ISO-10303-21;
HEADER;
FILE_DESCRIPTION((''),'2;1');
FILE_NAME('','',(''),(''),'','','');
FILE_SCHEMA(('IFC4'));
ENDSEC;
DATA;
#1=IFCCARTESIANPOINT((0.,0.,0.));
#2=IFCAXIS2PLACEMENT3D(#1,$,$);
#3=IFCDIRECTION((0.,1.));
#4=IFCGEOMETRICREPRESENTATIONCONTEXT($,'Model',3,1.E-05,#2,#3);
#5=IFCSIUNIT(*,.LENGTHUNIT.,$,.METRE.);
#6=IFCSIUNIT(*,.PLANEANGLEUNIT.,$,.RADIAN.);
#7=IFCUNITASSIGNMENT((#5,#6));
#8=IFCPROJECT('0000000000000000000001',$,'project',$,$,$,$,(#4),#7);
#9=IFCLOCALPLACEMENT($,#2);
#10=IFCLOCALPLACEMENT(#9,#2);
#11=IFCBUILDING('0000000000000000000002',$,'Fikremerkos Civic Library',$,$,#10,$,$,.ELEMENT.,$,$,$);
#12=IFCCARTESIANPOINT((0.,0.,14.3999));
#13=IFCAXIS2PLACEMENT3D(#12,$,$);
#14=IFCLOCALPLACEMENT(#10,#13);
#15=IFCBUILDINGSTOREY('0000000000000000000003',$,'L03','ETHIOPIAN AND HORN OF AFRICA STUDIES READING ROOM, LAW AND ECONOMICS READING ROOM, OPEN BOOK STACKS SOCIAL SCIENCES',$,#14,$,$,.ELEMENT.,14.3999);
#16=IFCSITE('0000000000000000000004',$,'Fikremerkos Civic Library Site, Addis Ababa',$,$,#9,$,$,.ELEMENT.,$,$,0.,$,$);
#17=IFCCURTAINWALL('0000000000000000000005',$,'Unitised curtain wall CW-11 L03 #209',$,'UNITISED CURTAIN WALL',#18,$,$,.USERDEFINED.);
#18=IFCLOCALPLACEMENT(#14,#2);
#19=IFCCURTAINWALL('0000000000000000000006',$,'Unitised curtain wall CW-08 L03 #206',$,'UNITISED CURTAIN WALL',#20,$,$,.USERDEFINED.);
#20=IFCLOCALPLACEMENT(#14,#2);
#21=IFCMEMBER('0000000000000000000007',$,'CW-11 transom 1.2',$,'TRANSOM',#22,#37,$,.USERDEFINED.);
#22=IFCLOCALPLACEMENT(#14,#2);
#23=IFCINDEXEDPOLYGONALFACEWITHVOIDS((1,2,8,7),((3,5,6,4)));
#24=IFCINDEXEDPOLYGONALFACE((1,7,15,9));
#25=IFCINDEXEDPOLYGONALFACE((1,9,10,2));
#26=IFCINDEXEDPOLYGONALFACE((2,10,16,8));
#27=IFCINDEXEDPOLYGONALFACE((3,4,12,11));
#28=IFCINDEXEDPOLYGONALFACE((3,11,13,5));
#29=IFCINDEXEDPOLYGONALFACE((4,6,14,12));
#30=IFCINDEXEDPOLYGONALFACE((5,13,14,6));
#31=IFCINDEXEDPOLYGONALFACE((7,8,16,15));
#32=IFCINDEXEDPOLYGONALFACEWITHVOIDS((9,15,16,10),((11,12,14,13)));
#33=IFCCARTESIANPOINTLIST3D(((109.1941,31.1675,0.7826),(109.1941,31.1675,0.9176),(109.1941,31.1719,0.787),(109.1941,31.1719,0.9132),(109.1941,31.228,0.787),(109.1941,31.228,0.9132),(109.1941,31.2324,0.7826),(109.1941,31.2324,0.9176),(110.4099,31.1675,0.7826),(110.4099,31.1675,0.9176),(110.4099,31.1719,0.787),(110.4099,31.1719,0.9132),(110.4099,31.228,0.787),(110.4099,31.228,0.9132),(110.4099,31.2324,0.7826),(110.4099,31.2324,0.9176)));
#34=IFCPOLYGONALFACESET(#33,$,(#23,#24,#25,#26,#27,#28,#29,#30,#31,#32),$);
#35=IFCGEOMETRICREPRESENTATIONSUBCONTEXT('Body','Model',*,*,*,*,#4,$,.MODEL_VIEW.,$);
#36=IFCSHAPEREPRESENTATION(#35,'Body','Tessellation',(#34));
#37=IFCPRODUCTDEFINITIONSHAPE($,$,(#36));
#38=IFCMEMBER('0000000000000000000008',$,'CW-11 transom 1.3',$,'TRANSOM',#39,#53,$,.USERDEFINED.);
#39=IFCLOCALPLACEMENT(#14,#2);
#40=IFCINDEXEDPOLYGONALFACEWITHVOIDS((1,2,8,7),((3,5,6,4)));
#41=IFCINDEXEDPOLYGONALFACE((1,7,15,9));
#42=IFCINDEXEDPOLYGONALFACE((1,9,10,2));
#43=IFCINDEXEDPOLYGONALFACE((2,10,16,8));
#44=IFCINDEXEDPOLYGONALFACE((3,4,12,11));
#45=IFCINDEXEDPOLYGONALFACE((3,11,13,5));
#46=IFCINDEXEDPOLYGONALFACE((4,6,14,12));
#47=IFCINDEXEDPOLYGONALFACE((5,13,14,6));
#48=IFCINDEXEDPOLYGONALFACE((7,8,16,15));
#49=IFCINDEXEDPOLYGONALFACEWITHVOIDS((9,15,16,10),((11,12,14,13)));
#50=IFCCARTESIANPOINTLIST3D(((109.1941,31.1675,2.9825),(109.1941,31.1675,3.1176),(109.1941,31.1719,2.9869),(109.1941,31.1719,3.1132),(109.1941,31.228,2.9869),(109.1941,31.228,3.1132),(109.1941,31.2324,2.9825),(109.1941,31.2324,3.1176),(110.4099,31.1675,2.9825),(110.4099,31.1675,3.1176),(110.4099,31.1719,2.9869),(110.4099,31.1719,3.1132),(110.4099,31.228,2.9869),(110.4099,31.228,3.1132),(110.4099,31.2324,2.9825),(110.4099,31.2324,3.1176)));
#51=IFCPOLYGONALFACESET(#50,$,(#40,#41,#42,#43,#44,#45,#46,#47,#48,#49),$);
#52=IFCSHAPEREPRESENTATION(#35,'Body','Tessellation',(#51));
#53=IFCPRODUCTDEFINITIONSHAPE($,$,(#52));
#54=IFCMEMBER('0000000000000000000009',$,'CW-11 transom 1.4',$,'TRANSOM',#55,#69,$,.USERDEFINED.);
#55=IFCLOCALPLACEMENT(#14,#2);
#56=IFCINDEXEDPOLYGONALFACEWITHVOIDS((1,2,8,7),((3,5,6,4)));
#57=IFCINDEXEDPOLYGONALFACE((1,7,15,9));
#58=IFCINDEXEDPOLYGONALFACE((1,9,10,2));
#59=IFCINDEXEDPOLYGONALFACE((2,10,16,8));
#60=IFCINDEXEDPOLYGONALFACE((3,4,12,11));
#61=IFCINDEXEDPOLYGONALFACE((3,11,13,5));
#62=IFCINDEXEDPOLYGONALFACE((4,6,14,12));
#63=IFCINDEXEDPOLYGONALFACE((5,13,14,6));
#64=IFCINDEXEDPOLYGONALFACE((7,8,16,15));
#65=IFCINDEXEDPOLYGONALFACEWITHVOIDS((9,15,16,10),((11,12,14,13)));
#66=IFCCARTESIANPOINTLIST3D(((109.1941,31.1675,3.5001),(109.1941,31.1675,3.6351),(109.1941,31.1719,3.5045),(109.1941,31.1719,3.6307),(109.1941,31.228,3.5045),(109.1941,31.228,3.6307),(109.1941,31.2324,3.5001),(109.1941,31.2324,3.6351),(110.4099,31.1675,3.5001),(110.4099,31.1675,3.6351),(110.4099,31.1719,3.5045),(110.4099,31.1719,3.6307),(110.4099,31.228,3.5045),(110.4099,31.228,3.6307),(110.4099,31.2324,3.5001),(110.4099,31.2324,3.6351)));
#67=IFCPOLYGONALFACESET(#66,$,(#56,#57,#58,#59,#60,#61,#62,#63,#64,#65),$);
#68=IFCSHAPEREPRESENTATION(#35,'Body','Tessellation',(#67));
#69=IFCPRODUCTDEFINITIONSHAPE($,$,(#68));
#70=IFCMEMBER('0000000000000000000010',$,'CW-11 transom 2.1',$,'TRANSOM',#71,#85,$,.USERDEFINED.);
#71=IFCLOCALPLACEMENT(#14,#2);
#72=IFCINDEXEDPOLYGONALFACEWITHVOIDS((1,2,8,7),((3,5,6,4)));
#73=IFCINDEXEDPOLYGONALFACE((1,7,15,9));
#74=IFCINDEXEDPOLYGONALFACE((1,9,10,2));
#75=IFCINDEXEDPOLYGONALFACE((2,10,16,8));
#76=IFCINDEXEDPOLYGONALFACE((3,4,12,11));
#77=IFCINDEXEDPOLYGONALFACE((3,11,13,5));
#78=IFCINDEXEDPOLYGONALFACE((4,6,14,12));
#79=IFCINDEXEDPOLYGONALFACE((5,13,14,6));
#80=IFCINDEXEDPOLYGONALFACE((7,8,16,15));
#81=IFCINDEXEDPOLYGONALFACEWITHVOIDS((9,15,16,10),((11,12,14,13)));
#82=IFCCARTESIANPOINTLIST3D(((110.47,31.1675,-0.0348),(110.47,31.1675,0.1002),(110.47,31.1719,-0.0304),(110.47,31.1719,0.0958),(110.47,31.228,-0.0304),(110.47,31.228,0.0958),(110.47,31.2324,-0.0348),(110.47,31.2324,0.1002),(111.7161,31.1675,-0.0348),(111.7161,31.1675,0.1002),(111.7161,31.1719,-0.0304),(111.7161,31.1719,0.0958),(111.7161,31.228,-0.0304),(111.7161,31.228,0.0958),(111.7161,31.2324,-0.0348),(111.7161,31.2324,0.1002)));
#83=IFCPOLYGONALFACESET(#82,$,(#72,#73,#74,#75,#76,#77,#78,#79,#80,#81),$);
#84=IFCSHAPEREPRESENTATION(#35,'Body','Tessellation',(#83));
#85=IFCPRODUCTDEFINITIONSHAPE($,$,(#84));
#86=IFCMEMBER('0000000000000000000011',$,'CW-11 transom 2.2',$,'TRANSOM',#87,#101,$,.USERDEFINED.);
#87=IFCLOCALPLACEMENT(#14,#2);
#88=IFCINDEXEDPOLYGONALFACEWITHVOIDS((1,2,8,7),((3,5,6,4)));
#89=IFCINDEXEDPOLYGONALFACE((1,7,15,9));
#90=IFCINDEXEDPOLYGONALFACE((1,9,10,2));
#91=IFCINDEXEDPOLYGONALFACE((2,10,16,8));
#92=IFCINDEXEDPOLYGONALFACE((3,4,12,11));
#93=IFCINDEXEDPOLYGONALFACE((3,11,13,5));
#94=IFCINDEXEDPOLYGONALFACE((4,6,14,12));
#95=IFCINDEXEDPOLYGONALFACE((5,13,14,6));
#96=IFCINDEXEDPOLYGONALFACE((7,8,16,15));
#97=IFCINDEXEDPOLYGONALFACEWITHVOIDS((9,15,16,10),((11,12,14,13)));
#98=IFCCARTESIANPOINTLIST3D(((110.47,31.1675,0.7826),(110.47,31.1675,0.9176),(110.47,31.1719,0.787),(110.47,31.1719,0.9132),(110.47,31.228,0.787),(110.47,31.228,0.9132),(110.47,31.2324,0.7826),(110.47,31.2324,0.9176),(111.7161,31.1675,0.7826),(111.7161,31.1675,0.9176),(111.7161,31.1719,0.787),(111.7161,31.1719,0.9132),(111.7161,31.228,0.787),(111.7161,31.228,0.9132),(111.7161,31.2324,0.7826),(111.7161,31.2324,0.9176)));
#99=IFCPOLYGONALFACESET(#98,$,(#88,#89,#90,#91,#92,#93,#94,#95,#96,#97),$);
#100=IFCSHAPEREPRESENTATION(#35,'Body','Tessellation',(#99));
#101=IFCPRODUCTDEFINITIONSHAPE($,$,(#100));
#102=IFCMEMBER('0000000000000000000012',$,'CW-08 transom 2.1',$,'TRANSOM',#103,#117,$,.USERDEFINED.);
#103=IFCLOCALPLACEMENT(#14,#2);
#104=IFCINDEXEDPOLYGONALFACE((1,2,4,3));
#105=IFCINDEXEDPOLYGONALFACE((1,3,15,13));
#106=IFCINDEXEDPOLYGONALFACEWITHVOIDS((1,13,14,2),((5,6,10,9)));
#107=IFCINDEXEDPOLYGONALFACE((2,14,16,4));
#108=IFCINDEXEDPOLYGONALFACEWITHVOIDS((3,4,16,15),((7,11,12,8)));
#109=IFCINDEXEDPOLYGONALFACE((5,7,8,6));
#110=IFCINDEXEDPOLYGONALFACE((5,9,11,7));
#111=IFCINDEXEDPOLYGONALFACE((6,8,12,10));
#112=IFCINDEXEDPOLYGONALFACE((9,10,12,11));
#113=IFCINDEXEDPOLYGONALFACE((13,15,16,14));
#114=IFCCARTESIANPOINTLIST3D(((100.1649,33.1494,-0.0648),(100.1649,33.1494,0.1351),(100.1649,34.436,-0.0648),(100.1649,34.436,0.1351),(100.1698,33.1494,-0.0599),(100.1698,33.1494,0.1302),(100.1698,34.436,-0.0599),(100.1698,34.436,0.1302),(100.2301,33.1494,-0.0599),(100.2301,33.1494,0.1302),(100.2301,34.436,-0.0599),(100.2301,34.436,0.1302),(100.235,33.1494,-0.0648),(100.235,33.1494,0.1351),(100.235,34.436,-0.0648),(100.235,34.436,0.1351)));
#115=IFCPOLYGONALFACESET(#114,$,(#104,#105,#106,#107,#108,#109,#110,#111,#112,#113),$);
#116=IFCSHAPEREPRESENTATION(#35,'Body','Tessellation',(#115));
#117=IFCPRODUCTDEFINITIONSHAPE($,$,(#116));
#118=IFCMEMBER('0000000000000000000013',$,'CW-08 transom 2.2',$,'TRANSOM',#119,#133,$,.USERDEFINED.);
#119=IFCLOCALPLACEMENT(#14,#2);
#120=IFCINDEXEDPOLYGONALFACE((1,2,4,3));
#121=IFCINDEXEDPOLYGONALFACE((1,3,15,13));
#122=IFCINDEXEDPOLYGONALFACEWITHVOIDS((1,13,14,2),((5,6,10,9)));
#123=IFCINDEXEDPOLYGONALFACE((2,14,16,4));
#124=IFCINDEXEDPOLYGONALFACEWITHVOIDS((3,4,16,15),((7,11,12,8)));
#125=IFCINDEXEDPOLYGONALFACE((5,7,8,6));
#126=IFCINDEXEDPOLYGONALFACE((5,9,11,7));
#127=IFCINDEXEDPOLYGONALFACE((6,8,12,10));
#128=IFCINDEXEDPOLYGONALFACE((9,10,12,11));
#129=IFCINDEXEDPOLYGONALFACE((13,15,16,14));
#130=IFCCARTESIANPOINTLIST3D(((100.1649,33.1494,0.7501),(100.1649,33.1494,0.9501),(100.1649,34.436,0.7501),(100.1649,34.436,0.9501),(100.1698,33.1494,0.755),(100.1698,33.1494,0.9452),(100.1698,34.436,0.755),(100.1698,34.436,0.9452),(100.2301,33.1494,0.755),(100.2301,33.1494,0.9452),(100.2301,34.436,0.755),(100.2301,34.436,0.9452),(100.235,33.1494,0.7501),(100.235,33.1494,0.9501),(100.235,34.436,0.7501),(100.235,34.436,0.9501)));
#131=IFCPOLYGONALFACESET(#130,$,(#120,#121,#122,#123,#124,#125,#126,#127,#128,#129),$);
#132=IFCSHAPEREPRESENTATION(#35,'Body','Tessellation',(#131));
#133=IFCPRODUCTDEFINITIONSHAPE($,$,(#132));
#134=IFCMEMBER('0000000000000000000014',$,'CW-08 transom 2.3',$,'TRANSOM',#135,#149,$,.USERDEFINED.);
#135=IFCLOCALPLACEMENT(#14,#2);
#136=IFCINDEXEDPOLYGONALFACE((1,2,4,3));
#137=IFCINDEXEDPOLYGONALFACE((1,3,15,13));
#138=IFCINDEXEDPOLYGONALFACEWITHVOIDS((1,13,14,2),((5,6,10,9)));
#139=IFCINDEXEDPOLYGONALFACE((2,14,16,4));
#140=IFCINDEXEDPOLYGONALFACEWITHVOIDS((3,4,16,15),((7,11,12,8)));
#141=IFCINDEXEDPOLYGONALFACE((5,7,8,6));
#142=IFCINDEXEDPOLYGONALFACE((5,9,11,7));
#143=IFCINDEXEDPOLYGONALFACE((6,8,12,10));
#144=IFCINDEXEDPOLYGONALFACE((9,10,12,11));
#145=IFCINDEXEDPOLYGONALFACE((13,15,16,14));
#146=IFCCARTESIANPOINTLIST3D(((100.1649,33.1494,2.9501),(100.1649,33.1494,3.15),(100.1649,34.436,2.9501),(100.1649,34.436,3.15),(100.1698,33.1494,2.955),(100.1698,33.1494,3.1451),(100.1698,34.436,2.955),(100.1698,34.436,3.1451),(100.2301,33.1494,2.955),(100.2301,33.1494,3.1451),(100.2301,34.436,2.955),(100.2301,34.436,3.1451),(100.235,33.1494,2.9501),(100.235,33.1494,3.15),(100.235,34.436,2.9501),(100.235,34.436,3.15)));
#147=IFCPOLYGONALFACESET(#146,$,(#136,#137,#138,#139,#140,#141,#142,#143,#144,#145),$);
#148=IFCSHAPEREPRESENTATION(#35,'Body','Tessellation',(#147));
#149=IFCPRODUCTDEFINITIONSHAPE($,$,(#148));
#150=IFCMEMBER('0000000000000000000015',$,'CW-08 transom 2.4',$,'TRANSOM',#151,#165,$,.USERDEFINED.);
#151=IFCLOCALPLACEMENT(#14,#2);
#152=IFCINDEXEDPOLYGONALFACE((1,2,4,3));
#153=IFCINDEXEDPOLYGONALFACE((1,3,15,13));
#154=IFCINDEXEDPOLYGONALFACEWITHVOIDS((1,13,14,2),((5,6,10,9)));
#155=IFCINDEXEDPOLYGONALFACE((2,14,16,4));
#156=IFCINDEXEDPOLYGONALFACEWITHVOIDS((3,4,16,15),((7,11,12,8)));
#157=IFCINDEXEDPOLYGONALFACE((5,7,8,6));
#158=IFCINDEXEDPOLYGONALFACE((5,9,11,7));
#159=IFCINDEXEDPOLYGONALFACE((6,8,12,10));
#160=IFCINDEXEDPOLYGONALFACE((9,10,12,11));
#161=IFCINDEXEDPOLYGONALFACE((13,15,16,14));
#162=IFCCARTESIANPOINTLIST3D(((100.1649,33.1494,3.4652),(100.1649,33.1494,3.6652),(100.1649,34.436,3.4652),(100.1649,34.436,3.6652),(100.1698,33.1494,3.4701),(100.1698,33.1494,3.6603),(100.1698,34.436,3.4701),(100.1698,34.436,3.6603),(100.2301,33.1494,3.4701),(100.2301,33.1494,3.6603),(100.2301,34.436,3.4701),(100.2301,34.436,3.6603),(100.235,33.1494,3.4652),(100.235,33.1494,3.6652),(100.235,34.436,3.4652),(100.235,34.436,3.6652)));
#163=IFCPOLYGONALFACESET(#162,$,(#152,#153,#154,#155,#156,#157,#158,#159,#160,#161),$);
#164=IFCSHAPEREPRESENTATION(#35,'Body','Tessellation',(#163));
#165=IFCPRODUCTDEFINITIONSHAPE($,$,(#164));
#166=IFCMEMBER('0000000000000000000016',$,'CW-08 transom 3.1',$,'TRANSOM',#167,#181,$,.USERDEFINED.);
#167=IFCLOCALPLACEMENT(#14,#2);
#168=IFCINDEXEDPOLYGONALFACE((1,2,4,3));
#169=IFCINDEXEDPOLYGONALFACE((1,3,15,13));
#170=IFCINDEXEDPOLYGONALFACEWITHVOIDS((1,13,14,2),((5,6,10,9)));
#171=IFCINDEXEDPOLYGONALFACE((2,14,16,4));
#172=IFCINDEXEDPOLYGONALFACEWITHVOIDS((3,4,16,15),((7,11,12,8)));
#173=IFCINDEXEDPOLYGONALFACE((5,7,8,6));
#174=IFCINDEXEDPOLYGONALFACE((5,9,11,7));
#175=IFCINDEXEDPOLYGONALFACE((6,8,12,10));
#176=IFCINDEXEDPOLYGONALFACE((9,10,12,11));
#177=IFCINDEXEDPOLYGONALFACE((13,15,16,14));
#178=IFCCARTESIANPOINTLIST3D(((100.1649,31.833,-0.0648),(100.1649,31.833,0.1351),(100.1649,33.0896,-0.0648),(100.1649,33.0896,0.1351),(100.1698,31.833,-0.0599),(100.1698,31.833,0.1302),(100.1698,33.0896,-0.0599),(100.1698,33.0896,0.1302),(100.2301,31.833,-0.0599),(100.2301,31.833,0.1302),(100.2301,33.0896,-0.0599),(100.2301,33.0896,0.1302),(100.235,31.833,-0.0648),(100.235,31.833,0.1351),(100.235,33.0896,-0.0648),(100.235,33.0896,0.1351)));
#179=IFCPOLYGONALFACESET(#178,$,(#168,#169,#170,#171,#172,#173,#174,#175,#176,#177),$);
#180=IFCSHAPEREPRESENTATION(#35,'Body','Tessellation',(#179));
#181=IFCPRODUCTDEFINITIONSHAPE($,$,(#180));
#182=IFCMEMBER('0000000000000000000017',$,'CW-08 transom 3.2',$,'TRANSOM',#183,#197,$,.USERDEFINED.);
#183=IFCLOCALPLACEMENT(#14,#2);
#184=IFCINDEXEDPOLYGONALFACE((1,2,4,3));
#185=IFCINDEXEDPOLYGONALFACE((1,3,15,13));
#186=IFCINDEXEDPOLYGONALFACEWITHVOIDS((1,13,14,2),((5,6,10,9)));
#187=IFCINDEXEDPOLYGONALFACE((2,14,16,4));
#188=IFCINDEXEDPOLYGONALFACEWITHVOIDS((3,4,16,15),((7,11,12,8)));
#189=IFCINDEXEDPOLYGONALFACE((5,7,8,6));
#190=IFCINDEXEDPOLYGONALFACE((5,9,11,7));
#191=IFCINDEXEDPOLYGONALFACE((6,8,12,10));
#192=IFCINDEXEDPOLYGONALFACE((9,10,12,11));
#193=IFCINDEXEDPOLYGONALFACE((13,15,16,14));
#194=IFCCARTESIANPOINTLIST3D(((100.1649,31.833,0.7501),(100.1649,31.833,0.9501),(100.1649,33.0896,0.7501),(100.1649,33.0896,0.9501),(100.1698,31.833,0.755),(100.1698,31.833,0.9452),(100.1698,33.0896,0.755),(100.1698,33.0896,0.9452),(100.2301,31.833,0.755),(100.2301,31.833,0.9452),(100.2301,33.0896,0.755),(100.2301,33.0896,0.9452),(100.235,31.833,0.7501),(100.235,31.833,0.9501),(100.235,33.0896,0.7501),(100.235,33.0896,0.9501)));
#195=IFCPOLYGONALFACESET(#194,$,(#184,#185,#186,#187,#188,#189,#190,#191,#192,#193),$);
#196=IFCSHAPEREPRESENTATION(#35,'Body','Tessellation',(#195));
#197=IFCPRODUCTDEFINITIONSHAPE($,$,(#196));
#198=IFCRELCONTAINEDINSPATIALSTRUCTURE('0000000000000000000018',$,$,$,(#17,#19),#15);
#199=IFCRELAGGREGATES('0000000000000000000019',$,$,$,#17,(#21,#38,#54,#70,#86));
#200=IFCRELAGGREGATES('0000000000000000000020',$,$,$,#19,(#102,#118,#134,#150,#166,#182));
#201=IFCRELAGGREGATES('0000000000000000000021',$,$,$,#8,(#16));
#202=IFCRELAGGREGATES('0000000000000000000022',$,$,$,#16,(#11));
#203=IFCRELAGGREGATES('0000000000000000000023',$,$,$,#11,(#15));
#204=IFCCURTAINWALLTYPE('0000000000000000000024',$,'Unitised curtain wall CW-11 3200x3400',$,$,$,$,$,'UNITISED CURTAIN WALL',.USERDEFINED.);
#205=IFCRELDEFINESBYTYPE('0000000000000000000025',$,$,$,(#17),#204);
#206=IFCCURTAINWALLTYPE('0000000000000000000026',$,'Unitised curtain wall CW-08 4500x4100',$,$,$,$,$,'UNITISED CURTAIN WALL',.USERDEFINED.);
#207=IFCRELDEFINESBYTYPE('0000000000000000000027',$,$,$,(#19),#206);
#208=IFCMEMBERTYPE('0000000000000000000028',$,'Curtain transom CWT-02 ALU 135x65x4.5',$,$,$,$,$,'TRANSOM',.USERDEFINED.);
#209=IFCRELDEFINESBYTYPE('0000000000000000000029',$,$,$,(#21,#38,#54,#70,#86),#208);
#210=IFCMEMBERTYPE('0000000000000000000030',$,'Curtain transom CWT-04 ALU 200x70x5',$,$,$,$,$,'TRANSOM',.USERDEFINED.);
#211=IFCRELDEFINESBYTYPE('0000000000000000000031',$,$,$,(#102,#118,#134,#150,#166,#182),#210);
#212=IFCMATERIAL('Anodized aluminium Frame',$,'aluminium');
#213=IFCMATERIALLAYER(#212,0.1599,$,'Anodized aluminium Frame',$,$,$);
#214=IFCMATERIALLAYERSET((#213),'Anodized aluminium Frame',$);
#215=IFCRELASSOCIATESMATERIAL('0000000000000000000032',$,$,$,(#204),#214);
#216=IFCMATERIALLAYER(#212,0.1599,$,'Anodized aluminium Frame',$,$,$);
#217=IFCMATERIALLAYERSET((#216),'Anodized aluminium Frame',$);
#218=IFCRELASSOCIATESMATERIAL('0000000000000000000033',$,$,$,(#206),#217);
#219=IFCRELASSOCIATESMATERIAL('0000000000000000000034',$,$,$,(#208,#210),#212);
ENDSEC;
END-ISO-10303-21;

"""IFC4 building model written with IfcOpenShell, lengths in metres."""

from ifc_helpers import new_model, si_unit, direction, frame, origin, origin_2d, place, context, subcontext, project, spatial, hollow_rectangle, extrude, material, layer, layer_set, material_profile, profile_set, type_object, element, aggregate, save


model = new_model("IFC4")

# Units and contexts
model_context = context("Model", 3, precision=1e-05, world=origin(), true_north=direction((0.0, 1.0)))
body_context = subcontext(model_context, "Body", "Model", "MODEL_VIEW")
ifc_project = project(units=[si_unit("LENGTHUNIT", "METRE"), si_unit("PLANEANGLEUNIT", "RADIAN")], contexts=[model_context])

# Site, building, storey
site_placement = place(None, origin())
site = spatial("IfcSite", under=ifc_project, at=site_placement, Name="Fikremerkos Civic Library Site, Addis Ababa", CompositionType="ELEMENT", RefElevation=0.0)
building_placement = place(site_placement, origin())
building = spatial("IfcBuilding", under=site, at=building_placement, Name="Fikremerkos Civic Library", CompositionType="ELEMENT")
storey_placement = place(building_placement, frame((0.0, 0.0, 14.3999)))
storey = spatial("IfcBuildingStorey", under=building, at=storey_placement, Name="L03", Description="ETHIOPIAN AND HORN OF AFRICA STUDIES READING ROOM, LAW AND ECONOMICS READING ROOM, OPEN BOOK STACKS SOCIAL SCIENCES", CompositionType="ELEMENT", Elevation=14.3999)

# Shared definitions
ifc_material_1 = material(Name="Anodized aluminium Frame", Category="aluminium")

# Curtain walls
ifc_layer_1 = layer(ifc_material_1, 0.1599, Name="Anodized aluminium Frame")
ifc_layer_set_1 = layer_set([ifc_layer_1], Name="Anodized aluminium Frame")
curtain_wall_type_1 = type_object("IfcCurtainWallType", Name="Unitised curtain wall CW-11 3200x3400", ElementType="UNITISED CURTAIN WALL", PredefinedType="USERDEFINED", material=ifc_layer_set_1)
curtain_wall_1_placement = place(storey_placement, origin())
curtain_wall_1 = element("IfcCurtainWall", 1, at=curtain_wall_1_placement, inside=storey, type_object=curtain_wall_type_1, Name="Unitised curtain wall CW-11 L03 #209", ObjectType="UNITISED CURTAIN WALL", PredefinedType="USERDEFINED")
ifc_layer_2 = layer(ifc_material_1, 0.1599, Name="Anodized aluminium Frame")
ifc_layer_set_2 = layer_set([ifc_layer_2], Name="Anodized aluminium Frame")
curtain_wall_type_2 = type_object("IfcCurtainWallType", Name="Unitised curtain wall CW-08 4500x4100", ElementType="UNITISED CURTAIN WALL", PredefinedType="USERDEFINED", material=ifc_layer_set_2)
curtain_wall_2_placement = place(storey_placement, origin())
curtain_wall_2 = element("IfcCurtainWall", 2, at=curtain_wall_2_placement, inside=storey, type_object=curtain_wall_type_2, Name="Unitised curtain wall CW-08 L03 #206", ObjectType="UNITISED CURTAIN WALL", PredefinedType="USERDEFINED")

# Members
ifc_material_profile_1 = material_profile(ifc_material_1, hollow_rectangle(XDim=0.0649, YDim=0.135, WallThickness=0.0044, at=origin_2d()), Name="ALU 135x65x4.5")
ifc_profile_set_1 = profile_set([ifc_material_profile_1], Name="Anodized aluminium Frame")
member_type_1 = type_object("IfcMemberType", Name="Curtain transom CWT-02 ALU 135x65x4.5", ElementType="TRANSOM", PredefinedType="USERDEFINED", material=ifc_profile_set_1)
member_1_placement = place(storey_placement, frame((109.1941, 31.2, 0.8501), z_axis=(1.0, 0.0, 0.0), x_axis=(0.0, 1.0, 0.0)))
member_1 = element("IfcMember", 3, at=member_1_placement, type_object=member_type_1, Name="CW-11 transom 1.2", ObjectType="TRANSOM", PredefinedType="USERDEFINED", context=body_context, shape_type="SweptSolid", body=[
    extrude(hollow_rectangle(XDim=0.0649, YDim=0.135, WallThickness=0.0044, at=origin_2d()), origin(), (0.0, 0.0, 1.0), 1.2158),
])
member_2_placement = place(storey_placement, frame((109.1941, 31.2, 3.05), z_axis=(1.0, 0.0, 0.0), x_axis=(0.0, 1.0, 0.0)))
member_2 = element("IfcMember", 4, at=member_2_placement, type_object=member_type_1, Name="CW-11 transom 1.3", ObjectType="TRANSOM", PredefinedType="USERDEFINED", context=body_context, shape_type="SweptSolid", body=[
    extrude(hollow_rectangle(XDim=0.0649, YDim=0.135, WallThickness=0.0044, at=origin_2d()), origin(), (0.0, 0.0, 1.0), 1.2158),
])
member_3_placement = place(storey_placement, frame((109.1941, 31.2, 3.5676), z_axis=(1.0, 0.0, 0.0), x_axis=(0.0, 1.0, 0.0)))
member_3 = element("IfcMember", 5, at=member_3_placement, type_object=member_type_1, Name="CW-11 transom 1.4", ObjectType="TRANSOM", PredefinedType="USERDEFINED", context=body_context, shape_type="SweptSolid", body=[
    extrude(hollow_rectangle(XDim=0.0649, YDim=0.135, WallThickness=0.0044, at=origin_2d()), origin(), (0.0, 0.0, 1.0), 1.2158),
])
member_4_placement = place(storey_placement, frame((110.47, 31.2, 0.0327), z_axis=(1.0, 0.0, 0.0), x_axis=(0.0, 1.0, 0.0)))
member_4 = element("IfcMember", 6, at=member_4_placement, type_object=member_type_1, Name="CW-11 transom 2.1", ObjectType="TRANSOM", PredefinedType="USERDEFINED", context=body_context, shape_type="SweptSolid", body=[
    extrude(hollow_rectangle(XDim=0.0649, YDim=0.135, WallThickness=0.0044, at=origin_2d()), origin(), (0.0, 0.0, 1.0), 1.2461),
])
member_5_placement = place(storey_placement, frame((110.47, 31.2, 0.8501), z_axis=(1.0, 0.0, 0.0), x_axis=(0.0, 1.0, 0.0)))
member_5 = element("IfcMember", 7, at=member_5_placement, type_object=member_type_1, Name="CW-11 transom 2.2", ObjectType="TRANSOM", PredefinedType="USERDEFINED", context=body_context, shape_type="SweptSolid", body=[
    extrude(hollow_rectangle(XDim=0.0649, YDim=0.135, WallThickness=0.0044, at=origin_2d()), origin(), (0.0, 0.0, 1.0), 1.2461),
])
ifc_material_profile_2 = material_profile(ifc_material_1, hollow_rectangle(XDim=0.0701, YDim=0.2, WallThickness=0.0049, at=origin_2d()), Name="ALU 200x70x5")
ifc_profile_set_2 = profile_set([ifc_material_profile_2], Name="Anodized aluminium Frame")
member_type_2 = type_object("IfcMemberType", Name="Curtain transom CWT-04 ALU 200x70x5", ElementType="TRANSOM", PredefinedType="USERDEFINED", material=ifc_profile_set_2)
member_6_placement = place(storey_placement, frame((100.2, 34.436, 0.0352), z_axis=(0.0, -1.0, 0.0), x_axis=(1.0, 0.0, 0.0)))
member_6 = element("IfcMember", 8, at=member_6_placement, type_object=member_type_2, Name="CW-08 transom 2.1", ObjectType="TRANSOM", PredefinedType="USERDEFINED", context=body_context, shape_type="SweptSolid", body=[
    extrude(hollow_rectangle(XDim=0.0701, YDim=0.2, WallThickness=0.0049, at=origin_2d()), origin(), (0.0, 0.0, 1.0), 1.2866),
])
member_7_placement = place(storey_placement, frame((100.2, 34.436, 0.8501), z_axis=(0.0, -1.0, 0.0), x_axis=(1.0, 0.0, 0.0)))
member_7 = element("IfcMember", 9, at=member_7_placement, type_object=member_type_2, Name="CW-08 transom 2.2", ObjectType="TRANSOM", PredefinedType="USERDEFINED", context=body_context, shape_type="SweptSolid", body=[
    extrude(hollow_rectangle(XDim=0.0701, YDim=0.2, WallThickness=0.0049, at=origin_2d()), origin(), (0.0, 0.0, 1.0), 1.2866),
])
member_8_placement = place(storey_placement, frame((100.2, 34.436, 3.05), z_axis=(0.0, -1.0, 0.0), x_axis=(1.0, 0.0, 0.0)))
member_8 = element("IfcMember", 10, at=member_8_placement, type_object=member_type_2, Name="CW-08 transom 2.3", ObjectType="TRANSOM", PredefinedType="USERDEFINED", context=body_context, shape_type="SweptSolid", body=[
    extrude(hollow_rectangle(XDim=0.0701, YDim=0.2, WallThickness=0.0049, at=origin_2d()), origin(), (0.0, 0.0, 1.0), 1.2866),
])
member_9_placement = place(storey_placement, frame((100.2, 34.436, 3.5652), z_axis=(0.0, -1.0, 0.0), x_axis=(1.0, 0.0, 0.0)))
member_9 = element("IfcMember", 11, at=member_9_placement, type_object=member_type_2, Name="CW-08 transom 2.4", ObjectType="TRANSOM", PredefinedType="USERDEFINED", context=body_context, shape_type="SweptSolid", body=[
    extrude(hollow_rectangle(XDim=0.0701, YDim=0.2, WallThickness=0.0049, at=origin_2d()), origin(), (0.0, 0.0, 1.0), 1.2866),
])
member_10_placement = place(storey_placement, frame((100.2, 33.0896, 0.0352), z_axis=(0.0, -1.0, 0.0), x_axis=(1.0, 0.0, 0.0)))
member_10 = element("IfcMember", 12, at=member_10_placement, type_object=member_type_2, Name="CW-08 transom 3.1", ObjectType="TRANSOM", PredefinedType="USERDEFINED", context=body_context, shape_type="SweptSolid", body=[
    extrude(hollow_rectangle(XDim=0.0701, YDim=0.2, WallThickness=0.0049, at=origin_2d()), origin(), (0.0, 0.0, 1.0), 1.2566),
])
member_11_placement = place(storey_placement, frame((100.2, 33.0896, 0.8501), z_axis=(0.0, -1.0, 0.0), x_axis=(1.0, 0.0, 0.0)))
member_11 = element("IfcMember", 13, at=member_11_placement, type_object=member_type_2, Name="CW-08 transom 3.2", ObjectType="TRANSOM", PredefinedType="USERDEFINED", context=body_context, shape_type="SweptSolid", body=[
    extrude(hollow_rectangle(XDim=0.0701, YDim=0.2, WallThickness=0.0049, at=origin_2d()), origin(), (0.0, 0.0, 1.0), 1.2566),
])

aggregate(curtain_wall_1, [member_1, member_2, member_3, member_4, member_5])
aggregate(curtain_wall_2, [member_6, member_7, member_8, member_9, member_10, member_11])

save(model, "model.ifc")
